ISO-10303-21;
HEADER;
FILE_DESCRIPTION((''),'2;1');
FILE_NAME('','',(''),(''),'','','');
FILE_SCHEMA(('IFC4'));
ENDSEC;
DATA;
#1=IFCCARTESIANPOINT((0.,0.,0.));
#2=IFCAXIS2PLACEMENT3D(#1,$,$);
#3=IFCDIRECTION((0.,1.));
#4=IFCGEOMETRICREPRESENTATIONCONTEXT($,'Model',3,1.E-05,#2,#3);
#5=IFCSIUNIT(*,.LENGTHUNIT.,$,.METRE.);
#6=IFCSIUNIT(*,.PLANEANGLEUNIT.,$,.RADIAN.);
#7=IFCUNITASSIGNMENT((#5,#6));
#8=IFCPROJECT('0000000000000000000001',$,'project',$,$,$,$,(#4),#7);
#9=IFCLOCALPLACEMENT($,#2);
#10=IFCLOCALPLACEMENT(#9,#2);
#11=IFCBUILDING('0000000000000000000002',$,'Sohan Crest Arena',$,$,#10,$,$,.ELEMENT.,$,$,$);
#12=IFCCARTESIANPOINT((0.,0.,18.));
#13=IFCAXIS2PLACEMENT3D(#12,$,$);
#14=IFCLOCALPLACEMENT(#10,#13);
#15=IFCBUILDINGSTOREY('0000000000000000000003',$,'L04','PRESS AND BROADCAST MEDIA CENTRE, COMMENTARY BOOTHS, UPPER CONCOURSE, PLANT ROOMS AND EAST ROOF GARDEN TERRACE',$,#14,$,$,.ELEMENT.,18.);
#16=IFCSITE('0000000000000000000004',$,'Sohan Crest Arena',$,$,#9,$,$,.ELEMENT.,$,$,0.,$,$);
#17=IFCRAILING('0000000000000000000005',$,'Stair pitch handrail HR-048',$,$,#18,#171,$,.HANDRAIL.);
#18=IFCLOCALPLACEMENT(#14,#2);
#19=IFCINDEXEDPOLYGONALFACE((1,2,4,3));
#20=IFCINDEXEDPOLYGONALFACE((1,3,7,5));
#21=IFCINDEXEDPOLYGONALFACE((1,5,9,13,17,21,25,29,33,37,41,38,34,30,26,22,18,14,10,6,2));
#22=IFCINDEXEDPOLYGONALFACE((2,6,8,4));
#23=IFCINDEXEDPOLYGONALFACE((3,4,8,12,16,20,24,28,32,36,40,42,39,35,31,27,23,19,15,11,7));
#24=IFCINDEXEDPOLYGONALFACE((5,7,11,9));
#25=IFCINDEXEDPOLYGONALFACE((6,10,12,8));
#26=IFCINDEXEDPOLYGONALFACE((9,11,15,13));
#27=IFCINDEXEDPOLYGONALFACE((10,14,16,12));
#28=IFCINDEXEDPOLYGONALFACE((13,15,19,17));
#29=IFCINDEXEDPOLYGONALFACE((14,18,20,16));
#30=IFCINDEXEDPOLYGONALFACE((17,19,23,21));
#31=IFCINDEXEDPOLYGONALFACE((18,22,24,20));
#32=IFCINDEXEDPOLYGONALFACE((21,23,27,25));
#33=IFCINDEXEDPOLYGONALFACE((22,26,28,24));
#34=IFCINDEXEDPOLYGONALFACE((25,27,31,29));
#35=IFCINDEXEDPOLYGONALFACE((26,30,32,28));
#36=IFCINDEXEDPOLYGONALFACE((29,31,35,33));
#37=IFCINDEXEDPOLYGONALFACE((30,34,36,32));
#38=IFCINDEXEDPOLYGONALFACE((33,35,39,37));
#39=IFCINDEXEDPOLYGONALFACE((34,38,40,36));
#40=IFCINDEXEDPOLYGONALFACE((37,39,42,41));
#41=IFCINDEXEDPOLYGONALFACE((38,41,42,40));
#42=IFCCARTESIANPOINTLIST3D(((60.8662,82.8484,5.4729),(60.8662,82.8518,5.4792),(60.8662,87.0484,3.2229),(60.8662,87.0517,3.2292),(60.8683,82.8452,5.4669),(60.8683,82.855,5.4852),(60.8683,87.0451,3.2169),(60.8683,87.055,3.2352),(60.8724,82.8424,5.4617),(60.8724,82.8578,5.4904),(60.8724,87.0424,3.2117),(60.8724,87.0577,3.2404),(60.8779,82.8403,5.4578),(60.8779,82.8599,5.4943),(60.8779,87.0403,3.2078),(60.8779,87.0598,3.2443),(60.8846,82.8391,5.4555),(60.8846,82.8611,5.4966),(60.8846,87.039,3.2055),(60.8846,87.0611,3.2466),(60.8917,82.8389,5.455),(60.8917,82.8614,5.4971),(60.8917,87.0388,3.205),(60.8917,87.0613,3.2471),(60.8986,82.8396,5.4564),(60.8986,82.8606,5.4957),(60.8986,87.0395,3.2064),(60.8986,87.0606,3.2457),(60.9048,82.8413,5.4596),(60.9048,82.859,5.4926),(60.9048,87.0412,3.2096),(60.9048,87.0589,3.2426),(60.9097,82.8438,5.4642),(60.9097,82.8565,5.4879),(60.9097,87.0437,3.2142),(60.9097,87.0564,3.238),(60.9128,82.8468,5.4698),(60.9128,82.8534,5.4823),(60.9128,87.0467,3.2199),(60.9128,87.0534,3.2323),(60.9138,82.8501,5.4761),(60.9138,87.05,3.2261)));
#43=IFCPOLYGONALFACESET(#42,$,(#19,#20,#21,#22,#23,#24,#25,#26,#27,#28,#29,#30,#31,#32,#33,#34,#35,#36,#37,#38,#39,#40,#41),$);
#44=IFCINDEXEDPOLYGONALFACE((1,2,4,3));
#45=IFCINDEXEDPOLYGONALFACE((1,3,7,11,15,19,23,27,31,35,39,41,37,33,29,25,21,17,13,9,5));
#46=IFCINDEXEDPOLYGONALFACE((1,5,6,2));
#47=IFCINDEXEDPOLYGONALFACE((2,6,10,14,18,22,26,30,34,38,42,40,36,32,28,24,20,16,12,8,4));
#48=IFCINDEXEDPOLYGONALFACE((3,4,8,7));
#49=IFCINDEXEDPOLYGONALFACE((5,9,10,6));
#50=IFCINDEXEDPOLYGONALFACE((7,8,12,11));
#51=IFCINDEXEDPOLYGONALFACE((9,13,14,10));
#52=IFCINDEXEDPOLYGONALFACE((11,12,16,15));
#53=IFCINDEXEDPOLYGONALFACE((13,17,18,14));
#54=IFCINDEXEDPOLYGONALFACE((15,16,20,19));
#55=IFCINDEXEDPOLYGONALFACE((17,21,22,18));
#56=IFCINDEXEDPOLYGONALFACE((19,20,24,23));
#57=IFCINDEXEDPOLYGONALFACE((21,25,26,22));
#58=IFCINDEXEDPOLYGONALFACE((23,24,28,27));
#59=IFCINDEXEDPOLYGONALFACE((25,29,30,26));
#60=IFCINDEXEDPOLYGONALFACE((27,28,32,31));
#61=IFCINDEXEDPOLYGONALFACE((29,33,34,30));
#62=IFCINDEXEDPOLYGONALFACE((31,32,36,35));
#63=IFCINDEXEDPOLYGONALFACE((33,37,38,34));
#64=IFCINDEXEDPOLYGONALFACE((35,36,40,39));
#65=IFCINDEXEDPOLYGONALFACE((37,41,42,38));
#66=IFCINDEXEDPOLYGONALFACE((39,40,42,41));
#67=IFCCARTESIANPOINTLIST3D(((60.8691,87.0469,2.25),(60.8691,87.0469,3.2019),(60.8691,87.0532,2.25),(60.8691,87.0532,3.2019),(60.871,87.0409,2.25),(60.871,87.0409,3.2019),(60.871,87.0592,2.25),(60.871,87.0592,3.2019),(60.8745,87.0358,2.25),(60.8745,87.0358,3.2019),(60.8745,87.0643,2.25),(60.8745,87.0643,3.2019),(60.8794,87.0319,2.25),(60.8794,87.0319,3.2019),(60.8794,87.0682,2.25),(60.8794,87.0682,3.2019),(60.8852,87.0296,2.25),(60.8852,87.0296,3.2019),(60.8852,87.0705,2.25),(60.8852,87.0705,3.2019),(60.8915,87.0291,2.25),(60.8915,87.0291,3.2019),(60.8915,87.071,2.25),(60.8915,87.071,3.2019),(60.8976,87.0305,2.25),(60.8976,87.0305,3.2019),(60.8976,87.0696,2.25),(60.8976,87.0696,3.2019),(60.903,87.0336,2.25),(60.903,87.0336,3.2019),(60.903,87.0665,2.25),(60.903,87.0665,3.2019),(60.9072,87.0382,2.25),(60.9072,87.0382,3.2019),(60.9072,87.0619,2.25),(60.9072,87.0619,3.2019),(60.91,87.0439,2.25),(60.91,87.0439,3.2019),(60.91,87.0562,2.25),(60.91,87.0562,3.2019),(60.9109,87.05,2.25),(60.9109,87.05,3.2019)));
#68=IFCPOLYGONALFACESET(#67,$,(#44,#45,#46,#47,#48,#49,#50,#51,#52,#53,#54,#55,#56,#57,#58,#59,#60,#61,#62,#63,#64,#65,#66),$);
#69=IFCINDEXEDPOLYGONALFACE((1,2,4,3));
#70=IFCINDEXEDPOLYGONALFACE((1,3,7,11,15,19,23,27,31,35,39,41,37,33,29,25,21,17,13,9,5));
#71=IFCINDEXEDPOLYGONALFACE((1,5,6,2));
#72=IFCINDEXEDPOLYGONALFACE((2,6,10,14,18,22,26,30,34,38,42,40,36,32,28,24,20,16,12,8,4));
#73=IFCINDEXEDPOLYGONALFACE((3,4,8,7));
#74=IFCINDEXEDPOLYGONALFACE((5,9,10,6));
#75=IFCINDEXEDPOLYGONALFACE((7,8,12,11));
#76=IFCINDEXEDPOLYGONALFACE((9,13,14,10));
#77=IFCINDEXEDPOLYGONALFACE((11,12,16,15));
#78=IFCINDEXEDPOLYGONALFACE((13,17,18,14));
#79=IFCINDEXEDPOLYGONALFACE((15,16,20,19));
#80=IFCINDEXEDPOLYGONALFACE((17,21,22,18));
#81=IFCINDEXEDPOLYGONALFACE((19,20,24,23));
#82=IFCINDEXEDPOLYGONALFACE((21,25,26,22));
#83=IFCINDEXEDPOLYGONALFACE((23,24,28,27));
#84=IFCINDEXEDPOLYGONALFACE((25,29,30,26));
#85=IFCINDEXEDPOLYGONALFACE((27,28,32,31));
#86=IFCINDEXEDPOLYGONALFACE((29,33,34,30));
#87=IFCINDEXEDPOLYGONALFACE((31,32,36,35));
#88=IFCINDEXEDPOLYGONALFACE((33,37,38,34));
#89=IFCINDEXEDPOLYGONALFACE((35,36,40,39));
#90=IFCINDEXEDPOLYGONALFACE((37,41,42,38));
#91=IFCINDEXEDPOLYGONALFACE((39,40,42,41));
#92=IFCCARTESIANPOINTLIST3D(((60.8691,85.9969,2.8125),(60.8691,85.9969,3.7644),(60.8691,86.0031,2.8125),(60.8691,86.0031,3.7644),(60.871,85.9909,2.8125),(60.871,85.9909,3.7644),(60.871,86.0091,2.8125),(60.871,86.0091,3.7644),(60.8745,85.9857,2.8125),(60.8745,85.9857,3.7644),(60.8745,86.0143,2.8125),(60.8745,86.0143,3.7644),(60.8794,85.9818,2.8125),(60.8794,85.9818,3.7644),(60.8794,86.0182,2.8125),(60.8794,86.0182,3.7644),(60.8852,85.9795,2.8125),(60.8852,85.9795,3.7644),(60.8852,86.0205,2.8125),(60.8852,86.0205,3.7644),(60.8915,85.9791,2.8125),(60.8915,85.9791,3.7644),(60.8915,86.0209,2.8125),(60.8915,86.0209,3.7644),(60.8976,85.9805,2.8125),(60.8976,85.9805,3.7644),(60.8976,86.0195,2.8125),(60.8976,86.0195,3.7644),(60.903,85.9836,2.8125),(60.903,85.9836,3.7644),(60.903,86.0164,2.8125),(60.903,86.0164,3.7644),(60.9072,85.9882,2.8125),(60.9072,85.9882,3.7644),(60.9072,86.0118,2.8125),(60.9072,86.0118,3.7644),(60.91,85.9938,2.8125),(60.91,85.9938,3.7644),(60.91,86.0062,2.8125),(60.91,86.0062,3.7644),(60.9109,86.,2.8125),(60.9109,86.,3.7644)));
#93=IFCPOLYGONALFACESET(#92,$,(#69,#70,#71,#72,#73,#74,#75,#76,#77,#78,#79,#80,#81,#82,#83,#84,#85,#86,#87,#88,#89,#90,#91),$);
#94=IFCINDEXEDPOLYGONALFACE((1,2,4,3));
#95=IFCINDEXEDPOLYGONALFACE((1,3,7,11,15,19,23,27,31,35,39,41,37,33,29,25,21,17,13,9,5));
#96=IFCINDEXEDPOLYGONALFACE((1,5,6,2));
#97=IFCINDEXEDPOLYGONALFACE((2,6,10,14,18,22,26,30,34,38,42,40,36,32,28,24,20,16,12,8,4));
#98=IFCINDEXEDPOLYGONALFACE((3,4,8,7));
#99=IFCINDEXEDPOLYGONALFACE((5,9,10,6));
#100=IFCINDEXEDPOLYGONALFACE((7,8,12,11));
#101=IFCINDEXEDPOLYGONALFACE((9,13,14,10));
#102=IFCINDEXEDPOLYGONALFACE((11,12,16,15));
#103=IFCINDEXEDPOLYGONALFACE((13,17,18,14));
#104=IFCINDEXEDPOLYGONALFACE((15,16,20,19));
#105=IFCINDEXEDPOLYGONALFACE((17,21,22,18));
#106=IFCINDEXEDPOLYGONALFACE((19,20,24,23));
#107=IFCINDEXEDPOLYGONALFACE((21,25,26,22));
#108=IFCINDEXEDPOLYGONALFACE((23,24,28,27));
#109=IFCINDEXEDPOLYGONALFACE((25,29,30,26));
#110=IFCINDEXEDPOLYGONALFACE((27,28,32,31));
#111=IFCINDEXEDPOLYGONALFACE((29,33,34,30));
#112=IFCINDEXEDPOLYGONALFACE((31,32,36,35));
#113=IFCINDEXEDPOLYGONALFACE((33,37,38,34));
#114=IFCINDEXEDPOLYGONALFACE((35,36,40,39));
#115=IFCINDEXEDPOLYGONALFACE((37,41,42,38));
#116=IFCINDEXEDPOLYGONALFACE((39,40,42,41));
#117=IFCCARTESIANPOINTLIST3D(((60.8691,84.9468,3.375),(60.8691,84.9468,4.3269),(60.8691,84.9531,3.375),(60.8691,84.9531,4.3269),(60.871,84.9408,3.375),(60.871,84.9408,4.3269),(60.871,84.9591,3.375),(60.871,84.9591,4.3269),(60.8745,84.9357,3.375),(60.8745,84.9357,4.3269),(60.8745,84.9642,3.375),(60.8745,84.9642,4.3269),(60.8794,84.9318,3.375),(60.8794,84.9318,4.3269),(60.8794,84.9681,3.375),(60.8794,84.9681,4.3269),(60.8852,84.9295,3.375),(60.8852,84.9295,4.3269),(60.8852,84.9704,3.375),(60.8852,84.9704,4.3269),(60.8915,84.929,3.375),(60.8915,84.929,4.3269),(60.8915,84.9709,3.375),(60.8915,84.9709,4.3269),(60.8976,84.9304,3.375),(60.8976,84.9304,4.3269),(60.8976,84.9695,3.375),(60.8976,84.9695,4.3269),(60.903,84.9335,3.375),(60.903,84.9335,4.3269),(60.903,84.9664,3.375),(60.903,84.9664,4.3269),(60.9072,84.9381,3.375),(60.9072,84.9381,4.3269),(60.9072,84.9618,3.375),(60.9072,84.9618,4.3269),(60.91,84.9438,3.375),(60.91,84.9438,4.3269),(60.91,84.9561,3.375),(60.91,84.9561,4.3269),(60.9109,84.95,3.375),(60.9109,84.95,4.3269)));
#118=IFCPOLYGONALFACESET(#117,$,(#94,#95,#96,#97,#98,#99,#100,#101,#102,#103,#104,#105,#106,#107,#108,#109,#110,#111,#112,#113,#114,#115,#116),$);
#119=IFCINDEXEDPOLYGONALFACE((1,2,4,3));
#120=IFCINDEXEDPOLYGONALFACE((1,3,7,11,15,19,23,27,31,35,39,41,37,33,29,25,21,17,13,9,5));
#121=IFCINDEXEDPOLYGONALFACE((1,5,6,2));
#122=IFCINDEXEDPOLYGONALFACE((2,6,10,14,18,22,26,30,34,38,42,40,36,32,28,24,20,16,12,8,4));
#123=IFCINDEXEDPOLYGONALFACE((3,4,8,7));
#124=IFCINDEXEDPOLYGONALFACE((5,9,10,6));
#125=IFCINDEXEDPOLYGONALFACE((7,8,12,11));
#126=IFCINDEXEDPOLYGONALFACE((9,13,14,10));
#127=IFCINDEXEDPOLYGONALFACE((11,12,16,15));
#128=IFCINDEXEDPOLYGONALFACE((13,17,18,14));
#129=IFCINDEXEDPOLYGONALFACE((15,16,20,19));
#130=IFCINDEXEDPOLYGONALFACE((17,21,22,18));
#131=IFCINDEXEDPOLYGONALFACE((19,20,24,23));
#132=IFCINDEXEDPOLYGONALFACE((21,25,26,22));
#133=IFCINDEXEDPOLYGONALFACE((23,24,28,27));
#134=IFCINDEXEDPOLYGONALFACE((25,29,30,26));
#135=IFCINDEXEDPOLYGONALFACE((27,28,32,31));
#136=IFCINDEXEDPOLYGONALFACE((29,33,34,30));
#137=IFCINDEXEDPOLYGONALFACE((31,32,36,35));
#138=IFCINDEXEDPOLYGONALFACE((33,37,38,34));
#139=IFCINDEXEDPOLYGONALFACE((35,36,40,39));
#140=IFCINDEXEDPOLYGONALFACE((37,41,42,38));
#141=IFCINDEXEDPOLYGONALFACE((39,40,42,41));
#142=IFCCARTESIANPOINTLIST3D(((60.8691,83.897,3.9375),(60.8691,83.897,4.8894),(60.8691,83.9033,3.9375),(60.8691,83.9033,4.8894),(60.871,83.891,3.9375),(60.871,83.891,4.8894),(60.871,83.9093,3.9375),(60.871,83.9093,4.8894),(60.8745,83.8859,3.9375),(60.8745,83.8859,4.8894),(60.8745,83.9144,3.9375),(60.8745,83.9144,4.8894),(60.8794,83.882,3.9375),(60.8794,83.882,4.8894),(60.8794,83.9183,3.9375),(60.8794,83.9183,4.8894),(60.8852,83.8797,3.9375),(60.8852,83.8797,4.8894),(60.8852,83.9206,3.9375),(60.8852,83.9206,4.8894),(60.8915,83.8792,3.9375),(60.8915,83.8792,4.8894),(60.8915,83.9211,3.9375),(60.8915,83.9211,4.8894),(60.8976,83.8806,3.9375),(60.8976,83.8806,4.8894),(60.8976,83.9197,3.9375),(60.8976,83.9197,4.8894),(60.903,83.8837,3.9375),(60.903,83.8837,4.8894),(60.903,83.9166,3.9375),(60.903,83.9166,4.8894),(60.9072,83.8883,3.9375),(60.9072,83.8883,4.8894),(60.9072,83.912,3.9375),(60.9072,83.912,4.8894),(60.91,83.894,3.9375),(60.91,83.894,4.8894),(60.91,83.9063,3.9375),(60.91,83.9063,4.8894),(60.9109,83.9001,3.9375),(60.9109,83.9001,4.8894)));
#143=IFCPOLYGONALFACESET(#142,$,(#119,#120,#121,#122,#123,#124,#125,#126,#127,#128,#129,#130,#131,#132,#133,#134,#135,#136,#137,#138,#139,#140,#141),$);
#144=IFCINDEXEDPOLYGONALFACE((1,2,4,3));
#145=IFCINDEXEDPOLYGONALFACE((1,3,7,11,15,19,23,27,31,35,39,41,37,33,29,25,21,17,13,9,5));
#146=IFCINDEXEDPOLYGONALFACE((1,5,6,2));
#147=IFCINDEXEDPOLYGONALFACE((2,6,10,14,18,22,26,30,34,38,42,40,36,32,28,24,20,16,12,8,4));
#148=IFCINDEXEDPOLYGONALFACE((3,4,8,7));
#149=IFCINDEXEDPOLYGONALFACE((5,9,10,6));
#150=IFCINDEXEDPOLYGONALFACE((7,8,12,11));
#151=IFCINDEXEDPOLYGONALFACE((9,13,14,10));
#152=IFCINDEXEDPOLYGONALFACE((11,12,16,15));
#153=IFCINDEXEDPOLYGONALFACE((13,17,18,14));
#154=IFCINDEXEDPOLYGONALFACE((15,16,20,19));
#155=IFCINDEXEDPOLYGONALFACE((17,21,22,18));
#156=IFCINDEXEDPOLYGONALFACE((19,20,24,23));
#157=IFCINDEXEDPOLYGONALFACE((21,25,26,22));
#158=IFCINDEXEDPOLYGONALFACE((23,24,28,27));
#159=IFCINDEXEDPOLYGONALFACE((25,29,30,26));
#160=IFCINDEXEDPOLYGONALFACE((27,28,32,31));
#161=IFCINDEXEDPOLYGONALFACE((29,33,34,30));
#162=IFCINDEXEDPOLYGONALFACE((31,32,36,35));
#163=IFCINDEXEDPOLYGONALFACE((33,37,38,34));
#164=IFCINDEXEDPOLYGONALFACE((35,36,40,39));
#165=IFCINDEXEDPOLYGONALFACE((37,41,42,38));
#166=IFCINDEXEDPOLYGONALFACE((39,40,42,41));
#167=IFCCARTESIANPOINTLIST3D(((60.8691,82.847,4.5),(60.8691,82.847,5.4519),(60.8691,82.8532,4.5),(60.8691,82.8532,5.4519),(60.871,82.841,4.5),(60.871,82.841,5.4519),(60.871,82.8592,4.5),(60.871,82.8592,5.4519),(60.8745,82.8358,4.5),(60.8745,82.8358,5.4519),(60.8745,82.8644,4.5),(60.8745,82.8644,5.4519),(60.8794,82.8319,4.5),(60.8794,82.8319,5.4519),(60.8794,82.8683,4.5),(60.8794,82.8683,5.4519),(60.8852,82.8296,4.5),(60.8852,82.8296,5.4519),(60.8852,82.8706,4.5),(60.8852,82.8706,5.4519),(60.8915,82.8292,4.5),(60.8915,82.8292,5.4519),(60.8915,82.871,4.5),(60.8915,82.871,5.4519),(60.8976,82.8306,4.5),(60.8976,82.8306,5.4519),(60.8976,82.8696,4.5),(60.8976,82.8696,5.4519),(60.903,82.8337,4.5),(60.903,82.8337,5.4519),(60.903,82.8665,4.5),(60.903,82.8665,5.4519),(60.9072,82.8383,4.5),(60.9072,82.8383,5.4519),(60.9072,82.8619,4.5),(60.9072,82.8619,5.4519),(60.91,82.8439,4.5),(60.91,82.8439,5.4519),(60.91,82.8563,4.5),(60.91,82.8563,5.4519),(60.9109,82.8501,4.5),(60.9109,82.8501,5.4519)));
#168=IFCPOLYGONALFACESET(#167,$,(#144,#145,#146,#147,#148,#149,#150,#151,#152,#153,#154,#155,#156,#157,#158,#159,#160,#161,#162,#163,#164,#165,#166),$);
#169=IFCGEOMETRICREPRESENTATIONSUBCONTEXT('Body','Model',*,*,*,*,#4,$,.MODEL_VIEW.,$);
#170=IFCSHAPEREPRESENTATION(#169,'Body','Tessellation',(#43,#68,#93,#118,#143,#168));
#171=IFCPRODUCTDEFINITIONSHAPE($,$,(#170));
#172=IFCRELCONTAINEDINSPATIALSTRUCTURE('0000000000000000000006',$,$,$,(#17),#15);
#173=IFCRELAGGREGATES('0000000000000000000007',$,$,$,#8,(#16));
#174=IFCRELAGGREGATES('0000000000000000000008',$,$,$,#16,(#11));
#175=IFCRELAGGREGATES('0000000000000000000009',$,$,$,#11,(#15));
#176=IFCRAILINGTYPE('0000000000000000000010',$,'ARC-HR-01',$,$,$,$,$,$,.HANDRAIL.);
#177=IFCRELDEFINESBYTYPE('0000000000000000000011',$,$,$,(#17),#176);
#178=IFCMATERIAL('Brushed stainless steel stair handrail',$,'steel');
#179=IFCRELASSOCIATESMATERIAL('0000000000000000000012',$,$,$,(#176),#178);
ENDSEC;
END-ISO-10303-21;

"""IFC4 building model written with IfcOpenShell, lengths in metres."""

from ifc_helpers import new_model, si_unit, direction, frame, origin, origin_2d, place, context, subcontext, project, spatial, circle, extrude, material, type_object, element, save


model = new_model("IFC4")

# Units and contexts
model_context = context("Model", 3, precision=1e-05, world=origin(), true_north=direction((0.0, 1.0)))
body_context = subcontext(model_context, "Body", "Model", "MODEL_VIEW")
ifc_project = project(units=[si_unit("LENGTHUNIT", "METRE"), si_unit("PLANEANGLEUNIT", "RADIAN")], contexts=[model_context])

# Site, building, storey
site_placement = place(None, origin())
site = spatial("IfcSite", under=ifc_project, at=site_placement, Name="Sohan Crest Arena", CompositionType="ELEMENT", RefElevation=0.0)
building_placement = place(site_placement, origin())
building = spatial("IfcBuilding", under=site, at=building_placement, Name="Sohan Crest Arena", CompositionType="ELEMENT")
storey_placement = place(building_placement, frame((0.0, 0.0, 18.0)))
storey = spatial("IfcBuildingStorey", under=building, at=storey_placement, Name="L04", Description="PRESS AND BROADCAST MEDIA CENTRE, COMMENTARY BOOTHS, UPPER CONCOURSE, PLANT ROOMS AND EAST ROOF GARDEN TERRACE", CompositionType="ELEMENT", Elevation=18.0)

# Railing
ifc_material_1 = material(Name="Brushed stainless steel stair handrail", Category="steel")
railing_type_1 = type_object("IfcRailingType", Name="ARC-HR-01", PredefinedType="HANDRAIL", material=ifc_material_1)
for number, where, name in (
    (1, (60.8899, 87.05, 2.25), "Stair pitch handrail HR-048"),
):
    element("IfcRailing", number, at=place(storey_placement, frame(where)), inside=storey, type_object=railing_type_1, Name=name, PredefinedType="HANDRAIL", context=body_context, shape_type="SweptSolid", body=[
        extrude(circle(Radius=0.0239, at=origin_2d()), frame((0.0, 0.0, 0.9761), z_axis=(0.0, -0.881478, 0.472226), x_axis=(1.0, 0.0, 0.0)), (0.0, 0.0, 1.0), 4.7646),
        extrude(circle(Radius=0.021, at=origin_2d()), origin(), (0.0, 0.0, 1.0), 0.9519),
        extrude(circle(Radius=0.021, at=origin_2d()), frame((0.0, -1.05, 0.5625)), (0.0, 0.0, 1.0), 0.9519),
        extrude(circle(Radius=0.021, at=origin_2d()), frame((0.0, -2.1001, 1.125)), (0.0, 0.0, 1.0), 0.9519),
        extrude(circle(Radius=0.021, at=origin_2d()), frame((0.0, -3.1499, 1.6875)), (0.0, 0.0, 1.0), 0.9519),
        extrude(circle(Radius=0.021, at=origin_2d()), frame((0.0, -4.2, 2.25)), (0.0, 0.0, 1.0), 0.9519),
    ])

save(model, "model.ifc")
